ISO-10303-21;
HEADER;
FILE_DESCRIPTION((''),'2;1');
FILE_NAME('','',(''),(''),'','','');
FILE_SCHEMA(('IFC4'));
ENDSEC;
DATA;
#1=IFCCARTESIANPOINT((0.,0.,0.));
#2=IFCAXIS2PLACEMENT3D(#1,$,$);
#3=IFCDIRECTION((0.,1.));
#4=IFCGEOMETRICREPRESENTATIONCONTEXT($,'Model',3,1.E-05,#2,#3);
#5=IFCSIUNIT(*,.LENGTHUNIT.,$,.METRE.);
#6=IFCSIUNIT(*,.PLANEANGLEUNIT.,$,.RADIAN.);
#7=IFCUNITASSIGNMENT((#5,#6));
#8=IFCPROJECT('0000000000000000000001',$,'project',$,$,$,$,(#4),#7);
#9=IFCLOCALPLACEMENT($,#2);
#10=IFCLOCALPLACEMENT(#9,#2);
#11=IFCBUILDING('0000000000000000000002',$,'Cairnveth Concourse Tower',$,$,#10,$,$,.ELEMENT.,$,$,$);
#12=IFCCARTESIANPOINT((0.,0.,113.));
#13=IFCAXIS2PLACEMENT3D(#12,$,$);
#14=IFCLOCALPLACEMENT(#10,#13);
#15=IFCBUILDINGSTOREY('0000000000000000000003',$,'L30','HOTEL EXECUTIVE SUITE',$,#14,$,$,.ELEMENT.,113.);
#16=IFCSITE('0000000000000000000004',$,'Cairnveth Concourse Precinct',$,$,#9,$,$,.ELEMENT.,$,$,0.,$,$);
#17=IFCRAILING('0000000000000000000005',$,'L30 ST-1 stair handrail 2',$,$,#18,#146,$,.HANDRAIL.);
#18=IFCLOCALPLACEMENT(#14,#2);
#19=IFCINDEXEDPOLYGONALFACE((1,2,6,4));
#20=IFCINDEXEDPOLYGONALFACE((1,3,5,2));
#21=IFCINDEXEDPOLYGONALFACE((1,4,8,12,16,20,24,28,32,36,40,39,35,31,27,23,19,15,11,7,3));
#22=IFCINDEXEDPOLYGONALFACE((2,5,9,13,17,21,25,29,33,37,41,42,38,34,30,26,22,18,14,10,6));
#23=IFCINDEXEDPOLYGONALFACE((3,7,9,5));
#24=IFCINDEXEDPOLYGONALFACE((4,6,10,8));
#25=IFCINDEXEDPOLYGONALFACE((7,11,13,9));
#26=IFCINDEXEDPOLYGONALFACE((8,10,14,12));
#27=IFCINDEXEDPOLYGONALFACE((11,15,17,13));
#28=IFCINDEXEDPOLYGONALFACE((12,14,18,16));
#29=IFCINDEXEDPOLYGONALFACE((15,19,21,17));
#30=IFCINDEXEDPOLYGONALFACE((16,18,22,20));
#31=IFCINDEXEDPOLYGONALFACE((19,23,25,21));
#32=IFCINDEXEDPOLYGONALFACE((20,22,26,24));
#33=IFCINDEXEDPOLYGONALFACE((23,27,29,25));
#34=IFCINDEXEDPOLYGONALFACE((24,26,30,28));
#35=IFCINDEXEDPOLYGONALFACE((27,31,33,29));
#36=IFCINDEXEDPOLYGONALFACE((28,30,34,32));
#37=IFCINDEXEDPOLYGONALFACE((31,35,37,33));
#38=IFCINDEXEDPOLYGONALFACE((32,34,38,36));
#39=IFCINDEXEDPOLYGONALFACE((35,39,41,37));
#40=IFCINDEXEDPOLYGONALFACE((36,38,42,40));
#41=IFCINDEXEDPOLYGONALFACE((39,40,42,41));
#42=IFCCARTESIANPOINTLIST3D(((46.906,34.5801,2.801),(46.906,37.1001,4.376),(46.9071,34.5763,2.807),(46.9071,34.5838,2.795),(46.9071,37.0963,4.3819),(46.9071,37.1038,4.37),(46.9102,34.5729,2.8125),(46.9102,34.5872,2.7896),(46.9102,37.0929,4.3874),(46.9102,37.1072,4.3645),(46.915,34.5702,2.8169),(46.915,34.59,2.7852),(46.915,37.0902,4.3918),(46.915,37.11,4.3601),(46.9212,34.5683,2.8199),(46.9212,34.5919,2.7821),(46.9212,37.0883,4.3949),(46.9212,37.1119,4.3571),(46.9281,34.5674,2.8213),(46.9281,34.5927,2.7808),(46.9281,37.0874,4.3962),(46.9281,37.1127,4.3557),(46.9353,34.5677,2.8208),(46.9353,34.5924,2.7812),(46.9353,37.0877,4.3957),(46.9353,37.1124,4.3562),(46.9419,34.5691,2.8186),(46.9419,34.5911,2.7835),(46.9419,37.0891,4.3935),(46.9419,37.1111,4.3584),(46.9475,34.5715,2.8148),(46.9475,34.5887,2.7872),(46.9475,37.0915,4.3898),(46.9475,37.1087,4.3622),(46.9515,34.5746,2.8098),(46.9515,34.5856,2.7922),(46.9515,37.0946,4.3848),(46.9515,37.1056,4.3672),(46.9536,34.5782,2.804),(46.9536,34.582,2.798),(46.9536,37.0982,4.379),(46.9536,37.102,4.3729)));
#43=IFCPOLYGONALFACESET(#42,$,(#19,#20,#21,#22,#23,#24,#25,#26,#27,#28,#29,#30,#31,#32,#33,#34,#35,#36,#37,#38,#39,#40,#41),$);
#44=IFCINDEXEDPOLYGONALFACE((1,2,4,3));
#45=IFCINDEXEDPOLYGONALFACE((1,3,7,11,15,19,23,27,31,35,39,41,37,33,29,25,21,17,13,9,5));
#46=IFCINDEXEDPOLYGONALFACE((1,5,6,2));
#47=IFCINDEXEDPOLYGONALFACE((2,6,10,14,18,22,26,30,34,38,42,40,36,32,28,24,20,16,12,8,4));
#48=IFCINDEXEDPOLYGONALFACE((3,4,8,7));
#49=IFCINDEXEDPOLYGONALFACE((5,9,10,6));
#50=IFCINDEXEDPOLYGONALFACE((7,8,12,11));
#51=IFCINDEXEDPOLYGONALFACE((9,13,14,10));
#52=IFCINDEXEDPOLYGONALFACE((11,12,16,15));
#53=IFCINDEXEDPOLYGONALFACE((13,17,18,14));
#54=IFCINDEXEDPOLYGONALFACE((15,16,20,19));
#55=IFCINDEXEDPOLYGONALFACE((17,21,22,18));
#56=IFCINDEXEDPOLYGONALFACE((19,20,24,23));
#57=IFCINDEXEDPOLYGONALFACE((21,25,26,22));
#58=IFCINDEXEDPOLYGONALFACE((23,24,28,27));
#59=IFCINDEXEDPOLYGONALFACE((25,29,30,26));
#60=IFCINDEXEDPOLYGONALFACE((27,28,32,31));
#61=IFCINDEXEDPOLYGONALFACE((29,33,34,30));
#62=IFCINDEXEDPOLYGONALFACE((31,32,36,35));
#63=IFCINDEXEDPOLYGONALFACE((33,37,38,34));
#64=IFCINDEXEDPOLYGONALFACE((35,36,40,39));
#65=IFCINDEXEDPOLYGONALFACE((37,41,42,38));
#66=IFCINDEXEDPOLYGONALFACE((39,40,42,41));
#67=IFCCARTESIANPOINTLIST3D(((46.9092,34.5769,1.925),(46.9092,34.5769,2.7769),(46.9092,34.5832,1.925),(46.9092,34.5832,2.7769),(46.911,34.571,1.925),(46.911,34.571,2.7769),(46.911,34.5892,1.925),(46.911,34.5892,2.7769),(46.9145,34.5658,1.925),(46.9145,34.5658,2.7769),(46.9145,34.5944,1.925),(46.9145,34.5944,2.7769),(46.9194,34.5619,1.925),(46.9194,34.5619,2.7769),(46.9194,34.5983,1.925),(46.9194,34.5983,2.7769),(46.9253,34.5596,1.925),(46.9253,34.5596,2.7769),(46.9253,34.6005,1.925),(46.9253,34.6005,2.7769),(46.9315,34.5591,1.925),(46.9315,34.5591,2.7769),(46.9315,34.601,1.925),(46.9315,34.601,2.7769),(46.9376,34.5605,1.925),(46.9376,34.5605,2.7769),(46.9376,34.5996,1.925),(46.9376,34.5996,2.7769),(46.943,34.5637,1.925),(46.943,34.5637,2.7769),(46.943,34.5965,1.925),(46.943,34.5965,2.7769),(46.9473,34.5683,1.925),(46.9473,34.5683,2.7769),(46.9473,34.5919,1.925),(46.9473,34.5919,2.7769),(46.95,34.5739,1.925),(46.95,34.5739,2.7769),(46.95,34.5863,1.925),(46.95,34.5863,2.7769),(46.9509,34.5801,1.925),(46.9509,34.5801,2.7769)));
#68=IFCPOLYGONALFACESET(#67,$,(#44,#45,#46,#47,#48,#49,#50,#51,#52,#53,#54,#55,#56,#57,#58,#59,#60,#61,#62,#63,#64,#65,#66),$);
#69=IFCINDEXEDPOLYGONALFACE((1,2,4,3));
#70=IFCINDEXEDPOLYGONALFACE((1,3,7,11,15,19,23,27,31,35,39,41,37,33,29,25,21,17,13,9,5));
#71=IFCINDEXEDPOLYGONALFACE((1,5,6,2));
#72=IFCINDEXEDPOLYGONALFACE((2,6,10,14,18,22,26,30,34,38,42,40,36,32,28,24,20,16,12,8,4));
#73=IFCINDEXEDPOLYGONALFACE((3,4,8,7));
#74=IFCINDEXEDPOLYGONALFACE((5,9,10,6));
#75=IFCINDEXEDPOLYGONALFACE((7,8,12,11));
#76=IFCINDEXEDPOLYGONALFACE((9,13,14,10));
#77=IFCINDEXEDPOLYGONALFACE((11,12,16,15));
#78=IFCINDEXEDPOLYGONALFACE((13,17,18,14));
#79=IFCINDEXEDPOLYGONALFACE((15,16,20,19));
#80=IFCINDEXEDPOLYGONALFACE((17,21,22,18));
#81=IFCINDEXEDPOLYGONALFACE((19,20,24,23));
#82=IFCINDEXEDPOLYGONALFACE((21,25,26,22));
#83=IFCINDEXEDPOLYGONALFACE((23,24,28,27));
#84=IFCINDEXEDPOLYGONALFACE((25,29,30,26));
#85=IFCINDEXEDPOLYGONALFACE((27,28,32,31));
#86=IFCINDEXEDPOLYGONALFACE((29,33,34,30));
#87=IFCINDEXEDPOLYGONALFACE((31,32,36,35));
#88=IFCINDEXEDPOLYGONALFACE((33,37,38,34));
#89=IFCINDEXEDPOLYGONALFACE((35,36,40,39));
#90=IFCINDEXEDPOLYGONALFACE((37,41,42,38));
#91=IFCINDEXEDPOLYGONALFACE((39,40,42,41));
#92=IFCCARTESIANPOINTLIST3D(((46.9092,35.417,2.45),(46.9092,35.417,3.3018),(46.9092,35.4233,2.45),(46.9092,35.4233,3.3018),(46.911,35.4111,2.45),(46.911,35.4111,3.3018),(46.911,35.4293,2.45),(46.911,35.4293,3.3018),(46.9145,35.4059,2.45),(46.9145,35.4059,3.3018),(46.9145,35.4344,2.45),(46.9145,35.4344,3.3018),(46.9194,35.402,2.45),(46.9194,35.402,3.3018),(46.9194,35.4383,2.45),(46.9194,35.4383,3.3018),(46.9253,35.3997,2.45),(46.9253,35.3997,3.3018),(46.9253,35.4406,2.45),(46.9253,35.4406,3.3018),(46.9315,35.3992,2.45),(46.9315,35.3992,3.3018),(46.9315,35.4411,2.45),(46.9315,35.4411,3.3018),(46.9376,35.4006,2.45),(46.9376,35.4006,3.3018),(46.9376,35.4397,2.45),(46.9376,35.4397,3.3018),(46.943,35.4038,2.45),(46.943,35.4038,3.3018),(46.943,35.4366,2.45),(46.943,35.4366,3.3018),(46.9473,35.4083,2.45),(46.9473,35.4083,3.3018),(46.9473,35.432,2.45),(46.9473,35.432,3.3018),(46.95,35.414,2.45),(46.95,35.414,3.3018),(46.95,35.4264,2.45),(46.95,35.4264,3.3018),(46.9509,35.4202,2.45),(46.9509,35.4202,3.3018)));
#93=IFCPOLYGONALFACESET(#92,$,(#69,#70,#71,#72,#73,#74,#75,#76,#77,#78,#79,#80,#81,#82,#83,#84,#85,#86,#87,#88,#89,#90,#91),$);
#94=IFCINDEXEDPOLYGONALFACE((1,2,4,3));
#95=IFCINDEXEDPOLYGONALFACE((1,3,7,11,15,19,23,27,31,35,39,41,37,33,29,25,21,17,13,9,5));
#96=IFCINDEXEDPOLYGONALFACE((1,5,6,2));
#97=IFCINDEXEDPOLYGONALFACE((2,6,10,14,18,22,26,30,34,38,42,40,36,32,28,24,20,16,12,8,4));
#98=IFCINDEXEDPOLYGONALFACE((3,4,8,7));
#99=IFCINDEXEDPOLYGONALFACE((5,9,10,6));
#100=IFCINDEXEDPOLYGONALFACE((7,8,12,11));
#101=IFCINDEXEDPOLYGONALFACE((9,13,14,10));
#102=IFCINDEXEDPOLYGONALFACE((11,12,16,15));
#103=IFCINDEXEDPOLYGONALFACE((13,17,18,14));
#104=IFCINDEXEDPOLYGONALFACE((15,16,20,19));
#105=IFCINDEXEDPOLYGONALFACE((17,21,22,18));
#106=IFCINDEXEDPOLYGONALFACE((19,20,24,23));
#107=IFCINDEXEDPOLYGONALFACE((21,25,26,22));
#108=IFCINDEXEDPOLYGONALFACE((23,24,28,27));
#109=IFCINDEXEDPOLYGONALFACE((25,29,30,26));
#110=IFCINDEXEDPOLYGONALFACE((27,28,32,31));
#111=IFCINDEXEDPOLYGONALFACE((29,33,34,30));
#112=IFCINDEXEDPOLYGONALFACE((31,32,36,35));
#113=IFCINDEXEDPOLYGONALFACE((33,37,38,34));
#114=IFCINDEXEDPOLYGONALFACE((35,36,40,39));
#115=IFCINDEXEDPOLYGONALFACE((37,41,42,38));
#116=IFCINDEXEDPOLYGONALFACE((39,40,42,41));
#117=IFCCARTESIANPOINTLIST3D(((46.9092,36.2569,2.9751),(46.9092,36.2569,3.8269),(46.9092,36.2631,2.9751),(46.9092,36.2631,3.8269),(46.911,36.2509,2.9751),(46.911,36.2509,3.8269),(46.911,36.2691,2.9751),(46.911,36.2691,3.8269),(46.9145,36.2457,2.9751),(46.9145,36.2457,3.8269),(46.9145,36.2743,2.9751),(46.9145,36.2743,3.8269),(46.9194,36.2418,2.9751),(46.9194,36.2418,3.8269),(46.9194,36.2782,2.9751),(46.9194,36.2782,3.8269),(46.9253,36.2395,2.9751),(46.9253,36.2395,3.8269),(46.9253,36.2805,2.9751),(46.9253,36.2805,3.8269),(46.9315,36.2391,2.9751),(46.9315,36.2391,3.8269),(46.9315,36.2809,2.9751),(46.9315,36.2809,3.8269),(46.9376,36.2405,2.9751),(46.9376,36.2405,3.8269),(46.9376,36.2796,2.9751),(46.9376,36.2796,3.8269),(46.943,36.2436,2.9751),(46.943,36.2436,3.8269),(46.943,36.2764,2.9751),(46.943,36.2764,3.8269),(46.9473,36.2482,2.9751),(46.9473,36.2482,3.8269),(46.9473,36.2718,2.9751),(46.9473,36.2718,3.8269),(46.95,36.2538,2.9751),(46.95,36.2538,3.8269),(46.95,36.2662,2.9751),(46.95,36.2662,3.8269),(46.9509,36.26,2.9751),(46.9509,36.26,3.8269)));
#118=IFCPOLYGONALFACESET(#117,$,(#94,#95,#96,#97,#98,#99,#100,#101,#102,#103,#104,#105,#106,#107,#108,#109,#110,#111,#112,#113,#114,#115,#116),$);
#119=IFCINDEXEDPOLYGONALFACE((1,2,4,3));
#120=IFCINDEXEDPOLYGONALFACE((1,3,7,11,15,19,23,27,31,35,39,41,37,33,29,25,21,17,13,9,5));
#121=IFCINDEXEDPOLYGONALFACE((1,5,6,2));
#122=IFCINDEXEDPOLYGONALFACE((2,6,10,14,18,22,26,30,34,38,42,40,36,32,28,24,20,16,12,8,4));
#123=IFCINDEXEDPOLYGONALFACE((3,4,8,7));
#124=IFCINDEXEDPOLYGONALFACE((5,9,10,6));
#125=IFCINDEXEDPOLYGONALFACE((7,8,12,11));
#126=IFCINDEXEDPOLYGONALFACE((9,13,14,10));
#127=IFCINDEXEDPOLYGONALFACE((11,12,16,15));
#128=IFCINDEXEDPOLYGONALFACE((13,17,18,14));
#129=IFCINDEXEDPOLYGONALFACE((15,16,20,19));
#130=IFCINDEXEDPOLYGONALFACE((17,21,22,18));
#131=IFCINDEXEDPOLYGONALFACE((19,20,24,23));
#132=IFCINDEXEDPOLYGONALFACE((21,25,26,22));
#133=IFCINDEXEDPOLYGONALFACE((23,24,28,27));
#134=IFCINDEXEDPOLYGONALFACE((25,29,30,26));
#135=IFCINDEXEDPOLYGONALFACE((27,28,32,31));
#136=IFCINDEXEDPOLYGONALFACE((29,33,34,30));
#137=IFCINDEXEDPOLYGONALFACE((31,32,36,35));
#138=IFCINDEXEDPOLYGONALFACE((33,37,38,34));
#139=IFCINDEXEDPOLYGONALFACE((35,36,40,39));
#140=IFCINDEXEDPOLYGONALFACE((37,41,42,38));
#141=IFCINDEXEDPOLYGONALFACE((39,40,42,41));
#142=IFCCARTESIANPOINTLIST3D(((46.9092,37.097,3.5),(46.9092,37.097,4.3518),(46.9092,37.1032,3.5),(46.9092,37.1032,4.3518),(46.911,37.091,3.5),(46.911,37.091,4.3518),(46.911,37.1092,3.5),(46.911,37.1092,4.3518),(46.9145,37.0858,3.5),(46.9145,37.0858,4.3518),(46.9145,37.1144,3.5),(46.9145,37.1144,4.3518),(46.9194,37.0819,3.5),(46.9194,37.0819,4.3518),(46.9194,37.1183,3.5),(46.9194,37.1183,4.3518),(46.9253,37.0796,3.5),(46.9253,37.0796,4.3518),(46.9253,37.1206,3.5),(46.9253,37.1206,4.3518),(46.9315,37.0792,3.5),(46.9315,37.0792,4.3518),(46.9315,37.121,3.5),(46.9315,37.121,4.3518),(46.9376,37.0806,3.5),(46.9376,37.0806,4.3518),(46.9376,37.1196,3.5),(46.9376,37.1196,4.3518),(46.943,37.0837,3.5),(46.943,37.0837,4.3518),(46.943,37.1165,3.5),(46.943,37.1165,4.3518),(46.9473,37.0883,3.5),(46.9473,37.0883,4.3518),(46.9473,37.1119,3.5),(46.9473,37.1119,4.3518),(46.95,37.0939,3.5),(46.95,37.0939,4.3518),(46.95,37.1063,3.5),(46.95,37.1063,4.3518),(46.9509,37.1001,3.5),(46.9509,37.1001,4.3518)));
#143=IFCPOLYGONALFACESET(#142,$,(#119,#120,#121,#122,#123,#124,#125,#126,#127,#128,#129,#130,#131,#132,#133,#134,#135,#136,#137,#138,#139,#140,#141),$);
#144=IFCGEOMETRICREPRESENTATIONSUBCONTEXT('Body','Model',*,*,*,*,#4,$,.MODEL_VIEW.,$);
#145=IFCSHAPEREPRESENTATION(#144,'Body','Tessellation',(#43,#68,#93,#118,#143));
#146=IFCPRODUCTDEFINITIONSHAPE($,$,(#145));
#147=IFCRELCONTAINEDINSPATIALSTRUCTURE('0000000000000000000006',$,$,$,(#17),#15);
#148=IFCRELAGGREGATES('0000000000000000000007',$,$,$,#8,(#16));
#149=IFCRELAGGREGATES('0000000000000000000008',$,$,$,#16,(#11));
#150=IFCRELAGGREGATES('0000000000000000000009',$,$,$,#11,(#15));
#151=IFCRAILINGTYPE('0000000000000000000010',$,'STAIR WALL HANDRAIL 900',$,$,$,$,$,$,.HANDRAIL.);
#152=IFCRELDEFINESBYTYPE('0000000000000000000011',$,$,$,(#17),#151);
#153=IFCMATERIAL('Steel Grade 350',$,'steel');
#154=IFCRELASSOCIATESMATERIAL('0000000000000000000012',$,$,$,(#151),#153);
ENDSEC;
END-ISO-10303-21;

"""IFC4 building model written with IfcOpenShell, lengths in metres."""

from ifc_helpers import new_model, si_unit, direction, frame, origin, origin_2d, place, context, subcontext, project, spatial, circle, extrude, material, type_object, element, save


model = new_model("IFC4")

# Units and contexts
model_context = context("Model", 3, precision=1e-05, world=origin(), true_north=direction((0.0, 1.0)))
body_context = subcontext(model_context, "Body", "Model", "MODEL_VIEW")
ifc_project = project(units=[si_unit("LENGTHUNIT", "METRE"), si_unit("PLANEANGLEUNIT", "RADIAN")], contexts=[model_context])

# Site, building, storey
site_placement = place(None, origin())
site = spatial("IfcSite", under=ifc_project, at=site_placement, Name="Cairnveth Concourse Precinct", CompositionType="ELEMENT", RefElevation=0.0)
building_placement = place(site_placement, origin())
building = spatial("IfcBuilding", under=site, at=building_placement, Name="Cairnveth Concourse Tower", CompositionType="ELEMENT")
storey_placement = place(building_placement, frame((0.0, 0.0, 113.0)))
storey = spatial("IfcBuildingStorey", under=building, at=storey_placement, Name="L30", Description="HOTEL EXECUTIVE SUITE", CompositionType="ELEMENT", Elevation=113.0)

# Railing
ifc_material_1 = material(Name="Steel Grade 350", Category="steel")
railing_type_1 = type_object("IfcRailingType", Name="STAIR WALL HANDRAIL 900", PredefinedType="HANDRAIL", material=ifc_material_1)
railing_1_placement = place(storey_placement, frame((46.9299, 34.5801, 1.925)))
element("IfcRailing", 1, at=railing_1_placement, inside=storey, type_object=railing_type_1, Name="L30 ST-1 stair handrail 2", PredefinedType="HANDRAIL", context=body_context, shape_type="SweptSolid", body=[
    extrude(circle(Radius=0.0239, at=origin_2d()), frame((0.0, 0.0, 0.876), z_axis=(0.0, 0.848008, 0.529984), x_axis=(-1.0, 0.0, 0.0)), (0.0, 0.0, 1.0), 2.9717),
    extrude(circle(Radius=0.021, at=origin_2d()), origin(), (0.0, 0.0, 1.0), 0.8518),
    extrude(circle(Radius=0.021, at=origin_2d()), frame((0.0, 0.8401, 0.5249)), (0.0, 0.0, 1.0), 0.8518),
    extrude(circle(Radius=0.021, at=origin_2d()), frame((0.0, 1.6799, 1.05)), (0.0, 0.0, 1.0), 0.8518),
    extrude(circle(Radius=0.021, at=origin_2d()), frame((0.0, 2.52, 1.575)), (0.0, 0.0, 1.0), 0.8518),
])

save(model, "model.ifc")
